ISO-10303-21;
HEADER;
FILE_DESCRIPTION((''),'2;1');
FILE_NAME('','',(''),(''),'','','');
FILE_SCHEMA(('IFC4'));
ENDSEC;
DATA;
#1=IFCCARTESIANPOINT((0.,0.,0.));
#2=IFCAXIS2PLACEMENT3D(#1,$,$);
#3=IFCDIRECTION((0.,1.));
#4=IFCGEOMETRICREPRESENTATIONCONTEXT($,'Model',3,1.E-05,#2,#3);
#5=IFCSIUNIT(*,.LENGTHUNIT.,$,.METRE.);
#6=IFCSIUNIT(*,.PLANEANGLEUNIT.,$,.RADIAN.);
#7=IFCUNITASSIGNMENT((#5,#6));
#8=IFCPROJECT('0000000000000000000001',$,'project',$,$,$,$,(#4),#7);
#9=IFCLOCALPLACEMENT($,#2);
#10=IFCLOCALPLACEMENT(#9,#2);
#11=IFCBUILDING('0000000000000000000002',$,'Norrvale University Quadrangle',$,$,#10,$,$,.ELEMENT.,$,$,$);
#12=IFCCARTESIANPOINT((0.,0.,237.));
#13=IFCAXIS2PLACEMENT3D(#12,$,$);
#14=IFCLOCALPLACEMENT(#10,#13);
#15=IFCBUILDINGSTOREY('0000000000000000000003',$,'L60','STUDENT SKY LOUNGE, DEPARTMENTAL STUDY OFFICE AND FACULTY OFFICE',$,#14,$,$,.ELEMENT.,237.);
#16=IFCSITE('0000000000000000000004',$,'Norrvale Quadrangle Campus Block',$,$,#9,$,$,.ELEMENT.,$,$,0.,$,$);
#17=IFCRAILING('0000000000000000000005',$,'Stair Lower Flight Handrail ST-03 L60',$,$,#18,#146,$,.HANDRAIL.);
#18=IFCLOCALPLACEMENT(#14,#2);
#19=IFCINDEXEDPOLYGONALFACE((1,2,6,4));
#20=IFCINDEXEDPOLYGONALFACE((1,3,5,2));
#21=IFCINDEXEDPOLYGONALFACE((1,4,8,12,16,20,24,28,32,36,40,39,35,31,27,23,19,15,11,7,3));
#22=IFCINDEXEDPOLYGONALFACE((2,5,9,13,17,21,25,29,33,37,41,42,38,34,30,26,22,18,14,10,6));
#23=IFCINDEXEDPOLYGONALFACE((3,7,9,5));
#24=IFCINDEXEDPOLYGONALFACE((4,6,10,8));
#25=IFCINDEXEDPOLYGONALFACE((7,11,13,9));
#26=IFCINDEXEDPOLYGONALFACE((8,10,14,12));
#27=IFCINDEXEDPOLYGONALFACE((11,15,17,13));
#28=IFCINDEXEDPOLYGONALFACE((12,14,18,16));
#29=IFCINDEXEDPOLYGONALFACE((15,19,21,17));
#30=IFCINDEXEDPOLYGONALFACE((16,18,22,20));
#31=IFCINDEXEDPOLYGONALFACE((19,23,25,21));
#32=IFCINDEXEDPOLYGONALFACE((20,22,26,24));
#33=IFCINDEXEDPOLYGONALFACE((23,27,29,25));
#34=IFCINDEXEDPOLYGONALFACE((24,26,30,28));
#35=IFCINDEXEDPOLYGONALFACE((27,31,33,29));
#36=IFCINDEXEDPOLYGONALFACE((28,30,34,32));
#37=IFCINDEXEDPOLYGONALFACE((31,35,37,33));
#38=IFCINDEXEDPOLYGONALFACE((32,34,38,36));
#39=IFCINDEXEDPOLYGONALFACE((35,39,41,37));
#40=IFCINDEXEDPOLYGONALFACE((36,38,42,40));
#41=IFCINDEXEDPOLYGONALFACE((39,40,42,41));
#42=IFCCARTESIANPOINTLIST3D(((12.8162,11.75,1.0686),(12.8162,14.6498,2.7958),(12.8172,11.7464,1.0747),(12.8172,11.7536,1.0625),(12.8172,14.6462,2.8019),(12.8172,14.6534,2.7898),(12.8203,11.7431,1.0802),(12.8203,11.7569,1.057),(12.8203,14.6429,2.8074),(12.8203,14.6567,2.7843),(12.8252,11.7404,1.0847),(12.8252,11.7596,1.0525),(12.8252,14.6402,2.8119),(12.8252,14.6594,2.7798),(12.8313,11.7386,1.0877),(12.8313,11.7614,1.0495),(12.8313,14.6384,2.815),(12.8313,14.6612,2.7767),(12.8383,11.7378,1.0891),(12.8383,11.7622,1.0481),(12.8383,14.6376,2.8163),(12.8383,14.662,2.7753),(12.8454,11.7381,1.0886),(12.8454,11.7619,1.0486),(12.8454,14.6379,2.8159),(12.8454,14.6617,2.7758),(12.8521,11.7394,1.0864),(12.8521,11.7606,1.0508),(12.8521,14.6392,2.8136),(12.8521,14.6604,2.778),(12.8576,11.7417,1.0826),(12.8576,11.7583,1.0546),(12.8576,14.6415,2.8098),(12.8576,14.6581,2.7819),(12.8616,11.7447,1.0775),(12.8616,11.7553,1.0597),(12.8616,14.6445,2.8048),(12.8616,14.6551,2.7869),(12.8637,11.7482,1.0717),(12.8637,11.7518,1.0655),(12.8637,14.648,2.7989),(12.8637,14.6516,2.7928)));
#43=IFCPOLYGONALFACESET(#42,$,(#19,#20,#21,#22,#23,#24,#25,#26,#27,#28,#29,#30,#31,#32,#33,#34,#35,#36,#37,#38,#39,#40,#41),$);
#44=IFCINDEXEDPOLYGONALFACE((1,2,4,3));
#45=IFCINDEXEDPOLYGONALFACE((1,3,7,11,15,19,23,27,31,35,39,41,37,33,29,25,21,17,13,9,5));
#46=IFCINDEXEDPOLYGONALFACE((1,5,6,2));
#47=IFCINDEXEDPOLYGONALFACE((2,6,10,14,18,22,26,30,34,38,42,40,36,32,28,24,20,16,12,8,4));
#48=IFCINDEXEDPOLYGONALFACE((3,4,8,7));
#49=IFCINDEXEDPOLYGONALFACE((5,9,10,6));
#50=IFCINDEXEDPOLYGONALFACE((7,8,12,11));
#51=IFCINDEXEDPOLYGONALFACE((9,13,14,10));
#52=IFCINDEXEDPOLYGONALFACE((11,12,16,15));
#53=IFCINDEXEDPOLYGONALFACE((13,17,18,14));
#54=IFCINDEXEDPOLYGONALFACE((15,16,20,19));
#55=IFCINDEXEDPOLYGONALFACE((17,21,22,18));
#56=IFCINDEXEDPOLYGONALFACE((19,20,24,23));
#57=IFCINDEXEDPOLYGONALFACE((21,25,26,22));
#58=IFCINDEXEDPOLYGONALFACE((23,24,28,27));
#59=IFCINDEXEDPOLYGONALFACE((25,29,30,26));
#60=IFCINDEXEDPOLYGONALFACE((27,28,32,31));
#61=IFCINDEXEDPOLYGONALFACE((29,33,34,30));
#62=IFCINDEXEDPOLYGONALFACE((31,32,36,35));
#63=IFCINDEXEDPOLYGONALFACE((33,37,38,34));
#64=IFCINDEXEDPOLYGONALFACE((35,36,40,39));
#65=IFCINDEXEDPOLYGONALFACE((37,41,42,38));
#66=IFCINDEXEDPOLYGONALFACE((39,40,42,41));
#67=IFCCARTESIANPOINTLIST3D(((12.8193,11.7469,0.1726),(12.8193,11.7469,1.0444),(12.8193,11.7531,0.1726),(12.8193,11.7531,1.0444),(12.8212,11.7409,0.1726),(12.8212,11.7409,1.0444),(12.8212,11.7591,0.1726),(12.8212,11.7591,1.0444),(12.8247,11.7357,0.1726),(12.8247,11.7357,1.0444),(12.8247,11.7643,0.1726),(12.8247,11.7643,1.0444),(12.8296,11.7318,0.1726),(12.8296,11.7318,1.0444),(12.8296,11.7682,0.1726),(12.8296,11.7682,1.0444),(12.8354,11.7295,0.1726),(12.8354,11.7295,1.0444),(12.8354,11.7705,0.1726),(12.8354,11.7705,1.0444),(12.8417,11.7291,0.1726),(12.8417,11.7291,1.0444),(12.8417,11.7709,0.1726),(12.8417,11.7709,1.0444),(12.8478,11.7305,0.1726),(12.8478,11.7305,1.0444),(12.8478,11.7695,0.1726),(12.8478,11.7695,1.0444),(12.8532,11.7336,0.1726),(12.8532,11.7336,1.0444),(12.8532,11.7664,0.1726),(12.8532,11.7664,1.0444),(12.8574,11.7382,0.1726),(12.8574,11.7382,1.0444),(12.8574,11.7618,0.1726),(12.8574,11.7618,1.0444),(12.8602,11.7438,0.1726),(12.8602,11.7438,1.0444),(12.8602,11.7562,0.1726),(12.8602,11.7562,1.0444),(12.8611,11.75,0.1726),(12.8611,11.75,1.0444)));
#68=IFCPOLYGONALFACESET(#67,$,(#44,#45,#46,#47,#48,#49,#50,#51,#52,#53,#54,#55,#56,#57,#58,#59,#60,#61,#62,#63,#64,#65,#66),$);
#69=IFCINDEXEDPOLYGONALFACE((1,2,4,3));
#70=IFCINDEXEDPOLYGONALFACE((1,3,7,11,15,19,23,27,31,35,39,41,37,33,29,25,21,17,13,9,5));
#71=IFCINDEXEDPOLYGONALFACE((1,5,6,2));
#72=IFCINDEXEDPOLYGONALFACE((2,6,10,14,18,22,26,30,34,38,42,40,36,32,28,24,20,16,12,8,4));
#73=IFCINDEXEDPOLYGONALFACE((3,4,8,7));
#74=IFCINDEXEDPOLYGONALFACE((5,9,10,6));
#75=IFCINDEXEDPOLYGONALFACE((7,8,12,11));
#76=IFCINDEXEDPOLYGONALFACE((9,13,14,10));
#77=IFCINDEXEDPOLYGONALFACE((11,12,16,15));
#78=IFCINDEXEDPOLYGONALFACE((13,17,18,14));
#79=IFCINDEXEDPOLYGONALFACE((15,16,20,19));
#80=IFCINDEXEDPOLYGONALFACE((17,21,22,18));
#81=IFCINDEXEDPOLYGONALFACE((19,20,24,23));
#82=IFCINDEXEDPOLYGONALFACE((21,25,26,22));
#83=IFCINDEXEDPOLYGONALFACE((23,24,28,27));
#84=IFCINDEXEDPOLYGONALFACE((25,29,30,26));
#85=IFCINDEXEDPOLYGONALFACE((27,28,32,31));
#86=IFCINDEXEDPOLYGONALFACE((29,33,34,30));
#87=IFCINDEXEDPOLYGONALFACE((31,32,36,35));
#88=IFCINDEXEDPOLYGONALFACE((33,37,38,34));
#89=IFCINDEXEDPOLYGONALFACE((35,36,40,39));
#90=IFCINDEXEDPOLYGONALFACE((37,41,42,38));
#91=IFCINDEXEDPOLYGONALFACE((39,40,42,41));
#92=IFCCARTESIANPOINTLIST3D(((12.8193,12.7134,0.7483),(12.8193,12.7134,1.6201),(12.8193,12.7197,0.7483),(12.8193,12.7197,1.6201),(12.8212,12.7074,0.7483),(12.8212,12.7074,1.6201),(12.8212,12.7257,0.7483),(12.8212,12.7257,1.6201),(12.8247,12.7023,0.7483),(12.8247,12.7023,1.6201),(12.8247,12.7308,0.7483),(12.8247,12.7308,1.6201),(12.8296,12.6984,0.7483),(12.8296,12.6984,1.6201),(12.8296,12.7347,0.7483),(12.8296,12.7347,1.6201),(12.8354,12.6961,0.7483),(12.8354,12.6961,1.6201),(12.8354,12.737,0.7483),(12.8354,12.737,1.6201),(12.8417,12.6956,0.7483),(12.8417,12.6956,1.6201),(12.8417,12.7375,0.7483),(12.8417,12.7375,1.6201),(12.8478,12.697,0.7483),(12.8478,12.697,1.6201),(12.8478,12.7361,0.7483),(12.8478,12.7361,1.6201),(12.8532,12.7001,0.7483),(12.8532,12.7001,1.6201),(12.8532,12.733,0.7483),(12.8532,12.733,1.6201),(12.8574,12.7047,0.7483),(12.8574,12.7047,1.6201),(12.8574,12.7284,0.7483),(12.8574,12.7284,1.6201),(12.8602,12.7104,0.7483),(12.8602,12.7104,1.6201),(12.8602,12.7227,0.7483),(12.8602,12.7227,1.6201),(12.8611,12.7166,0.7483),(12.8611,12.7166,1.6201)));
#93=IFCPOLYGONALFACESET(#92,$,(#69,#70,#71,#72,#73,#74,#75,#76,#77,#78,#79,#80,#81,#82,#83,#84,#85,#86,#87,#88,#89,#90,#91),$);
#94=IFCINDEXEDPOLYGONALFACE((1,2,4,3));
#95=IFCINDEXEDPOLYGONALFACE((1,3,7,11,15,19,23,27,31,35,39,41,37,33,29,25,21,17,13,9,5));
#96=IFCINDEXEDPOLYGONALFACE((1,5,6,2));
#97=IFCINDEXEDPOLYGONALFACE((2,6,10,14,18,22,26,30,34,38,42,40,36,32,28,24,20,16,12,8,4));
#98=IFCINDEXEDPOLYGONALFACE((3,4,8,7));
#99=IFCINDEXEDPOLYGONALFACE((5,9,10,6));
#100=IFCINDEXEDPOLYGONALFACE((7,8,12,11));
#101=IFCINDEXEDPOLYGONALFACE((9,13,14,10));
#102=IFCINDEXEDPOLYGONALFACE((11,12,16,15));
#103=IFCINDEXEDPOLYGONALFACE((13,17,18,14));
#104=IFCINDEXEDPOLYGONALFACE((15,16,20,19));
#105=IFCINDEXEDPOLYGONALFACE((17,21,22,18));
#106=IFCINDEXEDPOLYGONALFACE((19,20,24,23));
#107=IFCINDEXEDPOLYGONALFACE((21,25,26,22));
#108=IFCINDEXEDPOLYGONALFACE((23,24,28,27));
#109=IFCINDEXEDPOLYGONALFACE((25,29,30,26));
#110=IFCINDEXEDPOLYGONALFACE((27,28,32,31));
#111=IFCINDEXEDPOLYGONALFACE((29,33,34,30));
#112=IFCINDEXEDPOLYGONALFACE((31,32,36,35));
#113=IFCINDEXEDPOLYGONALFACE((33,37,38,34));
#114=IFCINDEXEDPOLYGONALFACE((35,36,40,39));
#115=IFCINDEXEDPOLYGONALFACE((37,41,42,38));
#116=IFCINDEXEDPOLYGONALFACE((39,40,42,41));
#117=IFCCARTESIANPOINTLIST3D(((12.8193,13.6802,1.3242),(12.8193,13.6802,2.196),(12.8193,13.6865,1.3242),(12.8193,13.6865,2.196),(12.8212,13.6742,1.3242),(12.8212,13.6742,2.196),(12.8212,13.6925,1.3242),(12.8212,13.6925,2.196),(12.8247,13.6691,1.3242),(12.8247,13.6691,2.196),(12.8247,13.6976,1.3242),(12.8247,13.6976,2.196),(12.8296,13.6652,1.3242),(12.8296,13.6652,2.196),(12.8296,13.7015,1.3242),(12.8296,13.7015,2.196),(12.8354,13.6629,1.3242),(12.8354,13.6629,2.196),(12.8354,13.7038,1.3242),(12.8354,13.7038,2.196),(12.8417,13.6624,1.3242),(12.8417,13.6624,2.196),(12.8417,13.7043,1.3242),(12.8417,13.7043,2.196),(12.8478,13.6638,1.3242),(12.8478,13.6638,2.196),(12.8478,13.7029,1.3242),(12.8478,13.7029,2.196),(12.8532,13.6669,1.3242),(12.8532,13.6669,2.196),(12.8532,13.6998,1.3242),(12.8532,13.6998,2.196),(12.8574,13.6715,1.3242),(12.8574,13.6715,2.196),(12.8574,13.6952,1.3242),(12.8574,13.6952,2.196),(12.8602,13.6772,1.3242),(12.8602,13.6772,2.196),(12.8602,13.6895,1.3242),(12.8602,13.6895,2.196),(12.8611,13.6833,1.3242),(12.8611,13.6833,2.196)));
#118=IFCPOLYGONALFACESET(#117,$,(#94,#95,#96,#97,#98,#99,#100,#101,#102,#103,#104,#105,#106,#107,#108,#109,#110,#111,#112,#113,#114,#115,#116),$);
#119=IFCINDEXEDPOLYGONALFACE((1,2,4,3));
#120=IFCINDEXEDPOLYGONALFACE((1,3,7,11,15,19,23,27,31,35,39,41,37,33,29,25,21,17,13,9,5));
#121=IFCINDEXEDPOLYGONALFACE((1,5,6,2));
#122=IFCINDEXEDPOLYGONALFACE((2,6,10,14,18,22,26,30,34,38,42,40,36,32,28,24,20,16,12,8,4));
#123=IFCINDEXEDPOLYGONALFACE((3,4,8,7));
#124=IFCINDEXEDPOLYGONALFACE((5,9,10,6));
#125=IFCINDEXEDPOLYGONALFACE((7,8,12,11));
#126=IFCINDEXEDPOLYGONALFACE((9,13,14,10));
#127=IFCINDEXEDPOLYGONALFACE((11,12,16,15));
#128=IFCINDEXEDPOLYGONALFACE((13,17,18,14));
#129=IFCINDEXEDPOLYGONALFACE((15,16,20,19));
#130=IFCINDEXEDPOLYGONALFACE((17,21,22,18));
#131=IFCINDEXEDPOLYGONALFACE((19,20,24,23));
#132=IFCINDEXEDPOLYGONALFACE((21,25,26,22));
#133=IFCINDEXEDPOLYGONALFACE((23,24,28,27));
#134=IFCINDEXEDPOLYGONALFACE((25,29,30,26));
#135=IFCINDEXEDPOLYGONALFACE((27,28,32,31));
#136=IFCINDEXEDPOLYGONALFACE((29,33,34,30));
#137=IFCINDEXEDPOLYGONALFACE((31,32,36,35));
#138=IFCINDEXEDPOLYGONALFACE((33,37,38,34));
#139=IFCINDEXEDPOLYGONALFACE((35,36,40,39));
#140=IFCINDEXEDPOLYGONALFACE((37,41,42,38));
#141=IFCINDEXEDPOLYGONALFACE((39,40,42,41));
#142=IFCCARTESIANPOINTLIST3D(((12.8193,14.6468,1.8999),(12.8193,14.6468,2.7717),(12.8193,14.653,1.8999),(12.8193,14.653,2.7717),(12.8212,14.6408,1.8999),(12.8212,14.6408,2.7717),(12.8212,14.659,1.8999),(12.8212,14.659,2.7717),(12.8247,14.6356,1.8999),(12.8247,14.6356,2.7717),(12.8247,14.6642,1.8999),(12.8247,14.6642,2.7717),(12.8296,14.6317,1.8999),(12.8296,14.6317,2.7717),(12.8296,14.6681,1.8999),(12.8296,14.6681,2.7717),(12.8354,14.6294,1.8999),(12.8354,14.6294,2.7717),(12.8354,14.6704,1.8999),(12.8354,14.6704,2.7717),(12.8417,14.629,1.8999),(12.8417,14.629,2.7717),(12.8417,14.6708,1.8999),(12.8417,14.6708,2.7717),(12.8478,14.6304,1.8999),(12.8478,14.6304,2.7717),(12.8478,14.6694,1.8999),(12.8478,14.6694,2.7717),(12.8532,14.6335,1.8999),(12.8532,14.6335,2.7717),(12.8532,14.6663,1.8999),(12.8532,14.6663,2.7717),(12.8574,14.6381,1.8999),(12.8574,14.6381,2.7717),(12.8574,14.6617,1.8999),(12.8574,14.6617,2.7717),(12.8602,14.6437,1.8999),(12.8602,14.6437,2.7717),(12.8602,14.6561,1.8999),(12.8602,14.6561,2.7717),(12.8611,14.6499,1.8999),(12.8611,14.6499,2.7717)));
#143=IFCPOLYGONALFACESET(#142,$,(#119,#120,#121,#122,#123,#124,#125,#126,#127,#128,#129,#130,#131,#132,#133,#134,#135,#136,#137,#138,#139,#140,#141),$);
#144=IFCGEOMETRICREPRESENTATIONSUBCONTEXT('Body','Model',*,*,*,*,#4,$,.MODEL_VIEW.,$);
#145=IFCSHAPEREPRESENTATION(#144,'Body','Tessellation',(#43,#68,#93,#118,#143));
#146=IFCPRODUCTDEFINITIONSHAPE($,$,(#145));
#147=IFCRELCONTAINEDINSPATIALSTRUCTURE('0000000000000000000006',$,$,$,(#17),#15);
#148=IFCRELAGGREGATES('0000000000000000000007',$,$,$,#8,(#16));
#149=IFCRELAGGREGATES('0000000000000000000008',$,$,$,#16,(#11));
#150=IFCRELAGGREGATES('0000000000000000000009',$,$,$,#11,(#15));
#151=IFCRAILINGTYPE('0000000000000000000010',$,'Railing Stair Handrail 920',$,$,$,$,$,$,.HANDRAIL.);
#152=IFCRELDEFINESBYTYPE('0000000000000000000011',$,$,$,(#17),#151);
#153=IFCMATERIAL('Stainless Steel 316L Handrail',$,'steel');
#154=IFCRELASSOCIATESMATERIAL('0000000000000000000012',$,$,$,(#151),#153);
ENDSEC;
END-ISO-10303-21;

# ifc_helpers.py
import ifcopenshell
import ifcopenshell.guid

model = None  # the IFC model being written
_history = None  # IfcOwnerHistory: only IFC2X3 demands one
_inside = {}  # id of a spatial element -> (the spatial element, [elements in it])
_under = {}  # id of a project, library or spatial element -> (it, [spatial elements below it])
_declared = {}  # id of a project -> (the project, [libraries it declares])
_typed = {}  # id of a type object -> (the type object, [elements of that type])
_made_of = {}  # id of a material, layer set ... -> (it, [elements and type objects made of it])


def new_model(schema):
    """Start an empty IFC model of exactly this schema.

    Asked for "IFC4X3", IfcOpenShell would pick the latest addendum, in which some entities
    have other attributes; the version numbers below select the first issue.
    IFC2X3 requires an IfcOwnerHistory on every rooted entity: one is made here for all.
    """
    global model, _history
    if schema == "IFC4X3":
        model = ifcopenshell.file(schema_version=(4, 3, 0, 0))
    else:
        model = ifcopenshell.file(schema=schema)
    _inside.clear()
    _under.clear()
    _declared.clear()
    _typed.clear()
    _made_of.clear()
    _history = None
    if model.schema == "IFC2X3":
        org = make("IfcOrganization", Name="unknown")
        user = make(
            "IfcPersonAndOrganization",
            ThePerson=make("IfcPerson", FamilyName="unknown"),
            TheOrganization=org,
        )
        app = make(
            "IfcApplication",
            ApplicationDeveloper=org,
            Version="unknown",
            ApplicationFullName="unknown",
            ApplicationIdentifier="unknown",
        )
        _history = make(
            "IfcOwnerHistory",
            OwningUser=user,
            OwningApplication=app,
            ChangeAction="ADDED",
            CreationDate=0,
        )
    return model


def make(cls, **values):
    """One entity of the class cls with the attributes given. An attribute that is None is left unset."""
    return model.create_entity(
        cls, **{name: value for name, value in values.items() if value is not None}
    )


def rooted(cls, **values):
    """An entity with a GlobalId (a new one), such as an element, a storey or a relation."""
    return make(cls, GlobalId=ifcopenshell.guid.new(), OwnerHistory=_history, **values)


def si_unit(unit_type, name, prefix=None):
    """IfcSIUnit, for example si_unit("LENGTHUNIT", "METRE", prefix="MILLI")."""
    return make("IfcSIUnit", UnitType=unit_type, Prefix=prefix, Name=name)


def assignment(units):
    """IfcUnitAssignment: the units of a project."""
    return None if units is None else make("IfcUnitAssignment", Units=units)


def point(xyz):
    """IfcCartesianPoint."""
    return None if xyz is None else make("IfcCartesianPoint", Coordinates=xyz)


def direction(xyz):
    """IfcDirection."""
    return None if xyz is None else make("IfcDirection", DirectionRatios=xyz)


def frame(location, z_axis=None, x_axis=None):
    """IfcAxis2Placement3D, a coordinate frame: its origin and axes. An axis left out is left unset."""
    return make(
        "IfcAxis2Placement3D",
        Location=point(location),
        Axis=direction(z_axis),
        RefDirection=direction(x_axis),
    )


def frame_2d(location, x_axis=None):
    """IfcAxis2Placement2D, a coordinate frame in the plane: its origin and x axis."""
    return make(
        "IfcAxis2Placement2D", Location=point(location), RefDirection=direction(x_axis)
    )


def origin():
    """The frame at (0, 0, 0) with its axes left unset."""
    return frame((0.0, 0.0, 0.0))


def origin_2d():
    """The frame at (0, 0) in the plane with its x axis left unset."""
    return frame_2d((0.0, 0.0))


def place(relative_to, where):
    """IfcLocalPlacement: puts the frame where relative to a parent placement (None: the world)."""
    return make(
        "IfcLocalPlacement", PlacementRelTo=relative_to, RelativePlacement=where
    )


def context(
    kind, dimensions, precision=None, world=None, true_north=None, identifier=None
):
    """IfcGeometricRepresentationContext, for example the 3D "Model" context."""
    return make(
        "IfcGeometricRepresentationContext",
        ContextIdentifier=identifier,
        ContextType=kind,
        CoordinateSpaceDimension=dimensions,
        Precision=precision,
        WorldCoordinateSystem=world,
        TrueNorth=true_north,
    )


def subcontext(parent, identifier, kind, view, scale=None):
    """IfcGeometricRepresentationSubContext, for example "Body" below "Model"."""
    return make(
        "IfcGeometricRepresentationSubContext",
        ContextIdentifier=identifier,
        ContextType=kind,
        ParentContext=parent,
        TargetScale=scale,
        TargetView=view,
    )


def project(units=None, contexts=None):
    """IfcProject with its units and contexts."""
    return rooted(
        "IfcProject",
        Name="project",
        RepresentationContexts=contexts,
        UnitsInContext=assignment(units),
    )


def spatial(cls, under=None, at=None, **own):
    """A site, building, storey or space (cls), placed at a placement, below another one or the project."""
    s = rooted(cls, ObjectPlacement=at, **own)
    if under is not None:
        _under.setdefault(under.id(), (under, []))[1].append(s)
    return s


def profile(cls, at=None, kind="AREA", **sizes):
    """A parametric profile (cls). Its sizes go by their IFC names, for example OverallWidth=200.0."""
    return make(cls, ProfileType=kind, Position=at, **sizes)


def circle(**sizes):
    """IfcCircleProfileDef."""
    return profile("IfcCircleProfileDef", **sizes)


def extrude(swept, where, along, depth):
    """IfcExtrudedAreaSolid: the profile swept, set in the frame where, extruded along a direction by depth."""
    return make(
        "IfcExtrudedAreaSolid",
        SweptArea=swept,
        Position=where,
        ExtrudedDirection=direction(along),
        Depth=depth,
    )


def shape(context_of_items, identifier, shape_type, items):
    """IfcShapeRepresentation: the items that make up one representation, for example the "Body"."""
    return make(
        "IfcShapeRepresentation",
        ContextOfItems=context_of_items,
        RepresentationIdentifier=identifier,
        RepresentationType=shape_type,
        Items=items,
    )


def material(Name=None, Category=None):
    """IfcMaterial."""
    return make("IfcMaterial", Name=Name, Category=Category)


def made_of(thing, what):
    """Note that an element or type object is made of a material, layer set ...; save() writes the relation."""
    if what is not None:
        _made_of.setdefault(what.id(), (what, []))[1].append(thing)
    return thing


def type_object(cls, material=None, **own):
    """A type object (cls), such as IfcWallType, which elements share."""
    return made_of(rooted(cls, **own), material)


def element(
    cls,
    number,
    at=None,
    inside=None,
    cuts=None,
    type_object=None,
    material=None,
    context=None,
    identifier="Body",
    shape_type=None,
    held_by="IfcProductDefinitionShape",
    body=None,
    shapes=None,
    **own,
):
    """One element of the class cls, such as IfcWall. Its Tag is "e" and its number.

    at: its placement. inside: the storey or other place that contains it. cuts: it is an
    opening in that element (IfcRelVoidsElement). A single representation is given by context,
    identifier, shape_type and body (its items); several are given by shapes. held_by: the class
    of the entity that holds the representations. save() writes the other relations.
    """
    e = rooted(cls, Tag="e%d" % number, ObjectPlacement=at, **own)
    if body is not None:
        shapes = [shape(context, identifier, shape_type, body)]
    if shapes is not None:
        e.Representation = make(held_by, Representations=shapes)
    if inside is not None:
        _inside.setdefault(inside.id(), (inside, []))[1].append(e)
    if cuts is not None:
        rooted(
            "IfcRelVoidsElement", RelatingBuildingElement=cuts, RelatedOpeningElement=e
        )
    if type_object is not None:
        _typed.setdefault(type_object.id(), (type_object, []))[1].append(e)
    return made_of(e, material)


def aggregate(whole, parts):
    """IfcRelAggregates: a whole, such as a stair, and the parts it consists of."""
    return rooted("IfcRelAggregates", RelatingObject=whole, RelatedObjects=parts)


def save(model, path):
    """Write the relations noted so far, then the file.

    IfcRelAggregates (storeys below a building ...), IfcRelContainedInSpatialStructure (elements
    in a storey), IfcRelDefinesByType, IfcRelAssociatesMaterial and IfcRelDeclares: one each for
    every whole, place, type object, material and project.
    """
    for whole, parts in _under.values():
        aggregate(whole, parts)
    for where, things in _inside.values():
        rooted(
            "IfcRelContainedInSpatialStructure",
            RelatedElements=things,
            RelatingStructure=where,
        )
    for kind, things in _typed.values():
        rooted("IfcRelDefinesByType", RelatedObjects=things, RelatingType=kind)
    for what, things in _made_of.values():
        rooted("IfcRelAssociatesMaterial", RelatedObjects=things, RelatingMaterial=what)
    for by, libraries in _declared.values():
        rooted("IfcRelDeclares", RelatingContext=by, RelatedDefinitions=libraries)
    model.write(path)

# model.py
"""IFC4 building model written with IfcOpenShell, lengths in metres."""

from ifc_helpers import new_model, si_unit, direction, frame, origin, origin_2d, place, context, subcontext, project, spatial, circle, extrude, material, type_object, element, save


model = new_model("IFC4")

# Units and contexts
model_context = context("Model", 3, precision=1e-05, world=origin(), true_north=direction((0.0, 1.0)))
body_context = subcontext(model_context, "Body", "Model", "MODEL_VIEW")
ifc_project = project(units=[si_unit("LENGTHUNIT", "METRE"), si_unit("PLANEANGLEUNIT", "RADIAN")], contexts=[model_context])

# Site, building, storey
site_placement = place(None, origin())
site = spatial("IfcSite", under=ifc_project, at=site_placement, Name="Norrvale Quadrangle Campus Block", CompositionType="ELEMENT", RefElevation=0.0)
building_placement = place(site_placement, origin())
building = spatial("IfcBuilding", under=site, at=building_placement, Name="Norrvale University Quadrangle", CompositionType="ELEMENT")
storey_placement = place(building_placement, frame((0.0, 0.0, 237.0)))
storey = spatial("IfcBuildingStorey", under=building, at=storey_placement, Name="L60", Description="STUDENT SKY LOUNGE, DEPARTMENTAL STUDY OFFICE AND FACULTY OFFICE", CompositionType="ELEMENT", Elevation=237.0)

# Railing
ifc_material_1 = material(Name="Stainless Steel 316L Handrail", Category="steel")
railing_type_1 = type_object("IfcRailingType", Name="Railing Stair Handrail 920", PredefinedType="HANDRAIL", material=ifc_material_1)
railing_1_placement = place(storey_placement, frame((12.8401, 11.75, 0.1726)))
element("IfcRailing", 1, at=railing_1_placement, inside=storey, type_object=railing_type_1, Name="Stair Lower Flight Handrail ST-03 L60", PredefinedType="HANDRAIL", context=body_context, shape_type="SweptSolid", body=[
    extrude(circle(Radius=0.0239, at=origin_2d()), frame((0.0, 0.0, 0.896), z_axis=(0.0, 0.859141, 0.511738), x_axis=(-1.0, 0.0, 0.0)), (0.0, 0.0, 1.0), 3.3752),
    extrude(circle(Radius=0.021, at=origin_2d()), origin(), (0.0, 0.0, 1.0), 0.8718),
    extrude(circle(Radius=0.021, at=origin_2d()), frame((0.0, 0.9666, 0.5757)), (0.0, 0.0, 1.0), 0.8718),
    extrude(circle(Radius=0.021, at=origin_2d()), frame((0.0, 1.9333, 1.1516)), (0.0, 0.0, 1.0), 0.8718),
    extrude(circle(Radius=0.021, at=origin_2d()), frame((0.0, 2.8999, 1.7273)), (0.0, 0.0, 1.0), 0.8718),
])

save(model, "model.ifc")
